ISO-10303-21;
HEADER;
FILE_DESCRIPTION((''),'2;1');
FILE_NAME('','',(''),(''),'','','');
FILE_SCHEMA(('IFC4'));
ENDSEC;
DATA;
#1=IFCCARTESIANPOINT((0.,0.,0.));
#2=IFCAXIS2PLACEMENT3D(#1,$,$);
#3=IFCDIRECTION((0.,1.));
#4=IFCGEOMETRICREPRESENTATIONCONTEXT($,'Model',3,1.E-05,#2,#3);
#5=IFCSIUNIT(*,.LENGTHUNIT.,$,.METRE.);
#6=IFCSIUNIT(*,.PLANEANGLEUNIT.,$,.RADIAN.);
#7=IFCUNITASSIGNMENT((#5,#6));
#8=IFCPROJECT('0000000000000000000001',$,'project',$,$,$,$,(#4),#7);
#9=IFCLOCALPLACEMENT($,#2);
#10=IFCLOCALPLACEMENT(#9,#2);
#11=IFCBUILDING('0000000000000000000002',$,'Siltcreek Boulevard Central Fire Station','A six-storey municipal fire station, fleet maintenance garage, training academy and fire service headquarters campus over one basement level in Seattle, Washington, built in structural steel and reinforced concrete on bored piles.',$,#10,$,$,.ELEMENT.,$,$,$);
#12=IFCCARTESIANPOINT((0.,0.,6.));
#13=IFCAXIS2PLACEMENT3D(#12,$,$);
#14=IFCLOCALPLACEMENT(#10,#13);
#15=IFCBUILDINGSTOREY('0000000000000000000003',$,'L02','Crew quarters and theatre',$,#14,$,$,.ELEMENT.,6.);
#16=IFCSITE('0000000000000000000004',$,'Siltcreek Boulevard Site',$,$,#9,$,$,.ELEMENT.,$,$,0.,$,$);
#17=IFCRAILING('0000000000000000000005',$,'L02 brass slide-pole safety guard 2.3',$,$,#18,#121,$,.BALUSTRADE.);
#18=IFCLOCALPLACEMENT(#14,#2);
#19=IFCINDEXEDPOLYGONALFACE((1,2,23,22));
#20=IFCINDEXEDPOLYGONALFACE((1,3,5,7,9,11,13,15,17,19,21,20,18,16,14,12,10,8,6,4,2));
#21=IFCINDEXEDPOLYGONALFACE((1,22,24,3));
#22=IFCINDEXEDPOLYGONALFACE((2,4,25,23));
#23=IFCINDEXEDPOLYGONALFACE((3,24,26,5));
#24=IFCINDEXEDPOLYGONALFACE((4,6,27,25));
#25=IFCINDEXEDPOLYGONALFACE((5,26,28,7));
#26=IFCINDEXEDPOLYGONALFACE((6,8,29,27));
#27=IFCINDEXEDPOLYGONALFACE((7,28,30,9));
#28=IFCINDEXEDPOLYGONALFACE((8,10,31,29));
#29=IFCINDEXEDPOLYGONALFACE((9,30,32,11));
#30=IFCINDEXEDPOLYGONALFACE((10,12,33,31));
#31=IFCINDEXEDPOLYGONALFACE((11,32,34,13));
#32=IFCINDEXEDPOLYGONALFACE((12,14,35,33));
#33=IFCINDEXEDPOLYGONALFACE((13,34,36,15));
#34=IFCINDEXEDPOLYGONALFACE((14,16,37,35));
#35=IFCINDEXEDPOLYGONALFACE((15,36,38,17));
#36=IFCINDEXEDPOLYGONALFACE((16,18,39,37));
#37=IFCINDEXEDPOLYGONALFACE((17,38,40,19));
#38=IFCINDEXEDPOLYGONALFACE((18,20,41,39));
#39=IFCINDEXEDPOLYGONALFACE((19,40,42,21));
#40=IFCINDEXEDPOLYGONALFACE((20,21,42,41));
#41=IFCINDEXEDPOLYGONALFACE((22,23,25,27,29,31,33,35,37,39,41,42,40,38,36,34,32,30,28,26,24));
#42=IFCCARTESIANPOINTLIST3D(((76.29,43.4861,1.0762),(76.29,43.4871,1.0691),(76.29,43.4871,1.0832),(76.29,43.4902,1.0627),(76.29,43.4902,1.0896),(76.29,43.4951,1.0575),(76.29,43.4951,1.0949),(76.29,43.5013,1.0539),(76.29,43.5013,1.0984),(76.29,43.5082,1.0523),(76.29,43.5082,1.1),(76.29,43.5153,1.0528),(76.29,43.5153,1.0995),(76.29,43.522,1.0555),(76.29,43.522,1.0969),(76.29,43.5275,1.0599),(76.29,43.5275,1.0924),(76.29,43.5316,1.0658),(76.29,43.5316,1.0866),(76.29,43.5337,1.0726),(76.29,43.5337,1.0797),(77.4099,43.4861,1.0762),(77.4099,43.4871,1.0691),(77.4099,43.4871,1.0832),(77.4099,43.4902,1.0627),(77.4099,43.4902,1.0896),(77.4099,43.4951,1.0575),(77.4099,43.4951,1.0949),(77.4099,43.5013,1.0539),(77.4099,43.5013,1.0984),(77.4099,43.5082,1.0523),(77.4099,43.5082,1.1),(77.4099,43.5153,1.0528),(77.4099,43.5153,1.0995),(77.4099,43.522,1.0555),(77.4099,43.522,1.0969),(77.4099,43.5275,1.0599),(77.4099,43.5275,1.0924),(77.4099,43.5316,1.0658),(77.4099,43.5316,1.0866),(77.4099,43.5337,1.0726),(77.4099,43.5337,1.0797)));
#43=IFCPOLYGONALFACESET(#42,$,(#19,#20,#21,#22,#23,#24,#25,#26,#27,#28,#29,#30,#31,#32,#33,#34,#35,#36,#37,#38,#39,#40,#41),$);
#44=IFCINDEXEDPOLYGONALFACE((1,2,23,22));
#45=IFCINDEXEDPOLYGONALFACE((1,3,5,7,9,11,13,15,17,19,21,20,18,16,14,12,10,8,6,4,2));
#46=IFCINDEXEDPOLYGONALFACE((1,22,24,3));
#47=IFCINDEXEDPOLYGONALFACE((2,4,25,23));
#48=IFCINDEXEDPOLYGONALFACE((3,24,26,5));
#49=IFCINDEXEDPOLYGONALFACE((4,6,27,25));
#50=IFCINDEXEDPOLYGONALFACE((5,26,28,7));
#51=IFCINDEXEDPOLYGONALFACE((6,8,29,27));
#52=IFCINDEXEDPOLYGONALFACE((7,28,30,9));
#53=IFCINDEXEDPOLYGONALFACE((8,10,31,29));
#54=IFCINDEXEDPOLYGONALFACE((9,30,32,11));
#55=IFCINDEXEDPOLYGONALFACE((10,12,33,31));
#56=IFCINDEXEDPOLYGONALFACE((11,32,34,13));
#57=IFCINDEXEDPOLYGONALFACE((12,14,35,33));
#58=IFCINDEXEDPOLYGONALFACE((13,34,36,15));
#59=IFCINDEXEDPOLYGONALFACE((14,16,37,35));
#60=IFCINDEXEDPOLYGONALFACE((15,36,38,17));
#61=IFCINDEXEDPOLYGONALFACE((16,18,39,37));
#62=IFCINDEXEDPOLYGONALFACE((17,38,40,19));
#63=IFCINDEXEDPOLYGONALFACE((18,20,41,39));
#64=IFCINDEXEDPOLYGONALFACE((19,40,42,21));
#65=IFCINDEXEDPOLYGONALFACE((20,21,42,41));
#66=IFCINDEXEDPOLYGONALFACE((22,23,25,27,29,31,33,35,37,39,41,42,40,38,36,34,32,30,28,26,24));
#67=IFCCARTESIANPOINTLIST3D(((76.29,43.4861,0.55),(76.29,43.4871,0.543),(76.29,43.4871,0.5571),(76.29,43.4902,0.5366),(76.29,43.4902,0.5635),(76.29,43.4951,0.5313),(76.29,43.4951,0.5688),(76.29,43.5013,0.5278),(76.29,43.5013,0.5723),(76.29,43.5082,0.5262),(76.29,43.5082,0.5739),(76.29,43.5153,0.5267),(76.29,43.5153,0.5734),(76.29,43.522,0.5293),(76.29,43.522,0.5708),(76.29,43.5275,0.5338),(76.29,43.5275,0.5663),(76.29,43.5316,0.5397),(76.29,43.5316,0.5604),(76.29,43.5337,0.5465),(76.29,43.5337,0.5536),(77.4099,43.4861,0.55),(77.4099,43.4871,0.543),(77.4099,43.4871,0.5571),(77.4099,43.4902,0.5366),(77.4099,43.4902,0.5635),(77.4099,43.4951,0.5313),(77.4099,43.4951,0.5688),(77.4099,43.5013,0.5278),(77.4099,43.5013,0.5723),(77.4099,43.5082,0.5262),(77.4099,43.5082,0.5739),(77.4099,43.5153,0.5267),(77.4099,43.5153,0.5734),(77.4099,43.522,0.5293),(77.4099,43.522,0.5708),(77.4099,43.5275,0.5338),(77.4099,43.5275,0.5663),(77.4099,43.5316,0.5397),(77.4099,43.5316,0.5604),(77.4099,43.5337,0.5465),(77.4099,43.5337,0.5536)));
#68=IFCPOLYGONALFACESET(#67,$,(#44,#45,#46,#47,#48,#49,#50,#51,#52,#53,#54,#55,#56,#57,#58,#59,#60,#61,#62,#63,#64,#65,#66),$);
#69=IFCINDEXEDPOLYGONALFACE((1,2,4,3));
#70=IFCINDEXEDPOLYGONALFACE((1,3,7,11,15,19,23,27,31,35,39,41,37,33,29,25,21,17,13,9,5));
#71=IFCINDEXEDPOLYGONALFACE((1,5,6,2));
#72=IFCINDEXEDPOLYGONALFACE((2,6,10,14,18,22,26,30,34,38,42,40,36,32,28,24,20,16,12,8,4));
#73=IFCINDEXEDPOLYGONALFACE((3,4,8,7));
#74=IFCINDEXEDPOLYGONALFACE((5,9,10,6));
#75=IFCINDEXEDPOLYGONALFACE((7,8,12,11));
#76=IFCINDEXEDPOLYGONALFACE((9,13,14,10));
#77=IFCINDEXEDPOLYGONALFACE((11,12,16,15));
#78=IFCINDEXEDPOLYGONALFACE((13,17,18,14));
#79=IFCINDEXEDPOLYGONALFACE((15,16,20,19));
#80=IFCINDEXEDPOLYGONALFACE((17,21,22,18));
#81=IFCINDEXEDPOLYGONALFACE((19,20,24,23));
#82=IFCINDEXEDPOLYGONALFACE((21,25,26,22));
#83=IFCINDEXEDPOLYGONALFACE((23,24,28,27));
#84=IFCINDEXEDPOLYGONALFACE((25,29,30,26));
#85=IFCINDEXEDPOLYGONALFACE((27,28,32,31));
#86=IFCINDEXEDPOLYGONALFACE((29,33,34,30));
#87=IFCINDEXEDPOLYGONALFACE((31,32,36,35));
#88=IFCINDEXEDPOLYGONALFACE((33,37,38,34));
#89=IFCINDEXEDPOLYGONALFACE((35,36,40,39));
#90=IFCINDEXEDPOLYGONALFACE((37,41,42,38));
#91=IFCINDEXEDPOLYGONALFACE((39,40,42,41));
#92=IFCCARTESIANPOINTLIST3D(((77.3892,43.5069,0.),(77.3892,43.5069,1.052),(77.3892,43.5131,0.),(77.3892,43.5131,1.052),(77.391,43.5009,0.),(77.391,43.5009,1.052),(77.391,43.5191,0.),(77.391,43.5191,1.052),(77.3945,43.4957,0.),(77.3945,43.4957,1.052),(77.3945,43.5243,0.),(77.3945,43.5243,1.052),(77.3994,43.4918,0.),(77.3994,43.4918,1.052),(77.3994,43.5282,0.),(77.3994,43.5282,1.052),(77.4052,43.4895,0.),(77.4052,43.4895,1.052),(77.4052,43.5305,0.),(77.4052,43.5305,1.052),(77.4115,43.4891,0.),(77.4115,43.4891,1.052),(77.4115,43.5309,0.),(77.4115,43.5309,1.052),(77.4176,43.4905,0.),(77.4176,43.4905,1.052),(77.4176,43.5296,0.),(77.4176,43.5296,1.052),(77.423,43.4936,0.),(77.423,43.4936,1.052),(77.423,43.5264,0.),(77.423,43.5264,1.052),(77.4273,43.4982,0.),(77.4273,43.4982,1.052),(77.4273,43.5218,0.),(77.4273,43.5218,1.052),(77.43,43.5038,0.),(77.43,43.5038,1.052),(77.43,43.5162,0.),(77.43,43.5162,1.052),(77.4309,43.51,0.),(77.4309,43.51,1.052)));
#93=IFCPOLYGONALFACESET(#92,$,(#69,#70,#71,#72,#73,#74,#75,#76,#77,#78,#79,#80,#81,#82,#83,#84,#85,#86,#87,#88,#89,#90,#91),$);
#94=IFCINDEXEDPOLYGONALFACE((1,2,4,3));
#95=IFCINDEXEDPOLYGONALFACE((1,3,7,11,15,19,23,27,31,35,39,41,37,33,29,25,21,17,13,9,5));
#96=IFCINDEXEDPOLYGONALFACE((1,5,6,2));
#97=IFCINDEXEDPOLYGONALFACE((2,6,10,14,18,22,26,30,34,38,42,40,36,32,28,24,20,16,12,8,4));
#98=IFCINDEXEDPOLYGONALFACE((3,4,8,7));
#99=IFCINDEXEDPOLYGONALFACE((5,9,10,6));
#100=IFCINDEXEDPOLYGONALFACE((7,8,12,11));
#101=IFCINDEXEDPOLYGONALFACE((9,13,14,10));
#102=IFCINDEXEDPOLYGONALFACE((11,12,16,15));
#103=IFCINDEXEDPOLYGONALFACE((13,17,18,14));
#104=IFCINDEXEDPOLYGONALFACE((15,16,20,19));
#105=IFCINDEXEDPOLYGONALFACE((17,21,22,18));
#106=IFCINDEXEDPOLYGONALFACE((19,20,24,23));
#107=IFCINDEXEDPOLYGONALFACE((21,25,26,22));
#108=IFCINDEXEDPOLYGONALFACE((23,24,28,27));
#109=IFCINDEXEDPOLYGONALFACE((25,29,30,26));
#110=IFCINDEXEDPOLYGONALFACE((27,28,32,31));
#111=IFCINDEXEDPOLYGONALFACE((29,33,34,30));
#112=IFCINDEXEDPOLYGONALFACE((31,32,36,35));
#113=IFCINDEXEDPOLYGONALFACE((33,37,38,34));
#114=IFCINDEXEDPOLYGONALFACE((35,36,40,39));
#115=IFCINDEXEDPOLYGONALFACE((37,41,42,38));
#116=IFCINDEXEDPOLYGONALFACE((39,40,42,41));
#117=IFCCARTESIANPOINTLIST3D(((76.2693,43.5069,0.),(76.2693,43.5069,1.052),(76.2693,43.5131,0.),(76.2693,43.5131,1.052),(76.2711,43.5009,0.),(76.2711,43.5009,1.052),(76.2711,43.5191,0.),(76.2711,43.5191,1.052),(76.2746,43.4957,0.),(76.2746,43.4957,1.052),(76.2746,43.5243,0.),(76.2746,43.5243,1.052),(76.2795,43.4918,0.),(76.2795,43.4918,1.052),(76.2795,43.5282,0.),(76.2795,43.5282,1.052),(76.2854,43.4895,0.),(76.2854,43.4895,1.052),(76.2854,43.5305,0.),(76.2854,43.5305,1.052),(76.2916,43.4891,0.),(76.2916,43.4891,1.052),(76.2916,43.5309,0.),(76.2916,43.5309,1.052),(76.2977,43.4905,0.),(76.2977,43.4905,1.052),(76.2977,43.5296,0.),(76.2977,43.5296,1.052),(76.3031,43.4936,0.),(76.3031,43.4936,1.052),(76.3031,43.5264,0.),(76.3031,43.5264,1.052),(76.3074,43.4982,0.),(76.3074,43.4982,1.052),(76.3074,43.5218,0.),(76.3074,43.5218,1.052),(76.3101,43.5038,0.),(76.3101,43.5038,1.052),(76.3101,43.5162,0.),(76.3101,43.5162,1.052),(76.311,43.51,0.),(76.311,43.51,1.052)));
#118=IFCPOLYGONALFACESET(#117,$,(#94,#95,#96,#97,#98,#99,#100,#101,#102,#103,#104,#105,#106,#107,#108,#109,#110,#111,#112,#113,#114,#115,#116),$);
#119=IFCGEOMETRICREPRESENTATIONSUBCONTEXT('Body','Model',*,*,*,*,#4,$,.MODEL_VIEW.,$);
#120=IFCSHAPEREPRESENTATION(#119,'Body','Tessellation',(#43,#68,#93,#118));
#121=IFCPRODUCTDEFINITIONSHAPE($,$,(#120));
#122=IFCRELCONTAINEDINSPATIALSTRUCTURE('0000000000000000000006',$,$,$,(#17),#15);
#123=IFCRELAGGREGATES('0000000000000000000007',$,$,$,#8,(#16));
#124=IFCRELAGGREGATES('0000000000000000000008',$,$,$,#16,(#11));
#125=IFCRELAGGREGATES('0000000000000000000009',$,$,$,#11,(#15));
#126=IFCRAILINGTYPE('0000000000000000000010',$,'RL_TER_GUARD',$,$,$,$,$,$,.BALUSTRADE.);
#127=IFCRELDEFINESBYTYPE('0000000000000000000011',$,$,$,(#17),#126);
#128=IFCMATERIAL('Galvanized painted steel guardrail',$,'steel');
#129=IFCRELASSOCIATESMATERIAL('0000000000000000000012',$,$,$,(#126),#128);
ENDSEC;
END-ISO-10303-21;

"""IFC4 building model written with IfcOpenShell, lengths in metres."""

from ifc_helpers import new_model, si_unit, direction, frame, origin, origin_2d, place, context, subcontext, project, spatial, circle, extrude, material, type_object, element, save


model = new_model("IFC4")

# Units and contexts
model_context = context("Model", 3, precision=1e-05, world=origin(), true_north=direction((0.0, 1.0)))
body_context = subcontext(model_context, "Body", "Model", "MODEL_VIEW")
ifc_project = project(units=[si_unit("LENGTHUNIT", "METRE"), si_unit("PLANEANGLEUNIT", "RADIAN")], contexts=[model_context])

# Site, building, storey
site_placement = place(None, origin())
site = spatial("IfcSite", under=ifc_project, at=site_placement, Name="Siltcreek Boulevard Site", CompositionType="ELEMENT", RefElevation=0.0)
building_placement = place(site_placement, origin())
building = spatial("IfcBuilding", under=site, at=building_placement, Name="Siltcreek Boulevard Central Fire Station", Description="A six-storey municipal fire station, fleet maintenance garage, training academy and fire service headquarters campus over one basement level in Seattle, Washington, built in structural steel and reinforced concrete on bored piles.", CompositionType="ELEMENT")
storey_placement = place(building_placement, frame((0.0, 0.0, 6.0)))
storey = spatial("IfcBuildingStorey", under=building, at=storey_placement, Name="L02", Description="Crew quarters and theatre", CompositionType="ELEMENT", Elevation=6.0)

# Railing
ifc_material_1 = material(Name="Galvanized painted steel guardrail", Category="steel")
railing_type = type_object("IfcRailingType", Name="RL_TER_GUARD", PredefinedType="BALUSTRADE", material=ifc_material_1)
railing_1_placement = place(storey_placement, frame((77.4099, 43.51, 0.0)))
element("IfcRailing", 1, at=railing_1_placement, inside=storey, type_object=railing_type, Name="L02 brass slide-pole safety guard 2.3", PredefinedType="BALUSTRADE", context=body_context, shape_type="SweptSolid", body=[
    extrude(circle(Radius=0.0239, at=origin_2d()), frame((0.0, 0.0, 1.0762), z_axis=(-1.0, 0.0, 0.0), x_axis=(0.0, -1.0, 0.0)), (0.0, 0.0, 1.0), 1.1199),
    extrude(circle(Radius=0.0239, at=origin_2d()), frame((0.0, 0.0, 0.55), z_axis=(-1.0, 0.0, 0.0), x_axis=(0.0, -1.0, 0.0)), (0.0, 0.0, 1.0), 1.1199),
    extrude(circle(Radius=0.021, at=origin_2d()), origin(), (0.0, 0.0, 1.0), 1.052),
    extrude(circle(Radius=0.021, at=origin_2d()), frame((-1.1199, 0.0, 0.0)), (0.0, 0.0, 1.0), 1.052),
])

save(model, "model.ifc")
